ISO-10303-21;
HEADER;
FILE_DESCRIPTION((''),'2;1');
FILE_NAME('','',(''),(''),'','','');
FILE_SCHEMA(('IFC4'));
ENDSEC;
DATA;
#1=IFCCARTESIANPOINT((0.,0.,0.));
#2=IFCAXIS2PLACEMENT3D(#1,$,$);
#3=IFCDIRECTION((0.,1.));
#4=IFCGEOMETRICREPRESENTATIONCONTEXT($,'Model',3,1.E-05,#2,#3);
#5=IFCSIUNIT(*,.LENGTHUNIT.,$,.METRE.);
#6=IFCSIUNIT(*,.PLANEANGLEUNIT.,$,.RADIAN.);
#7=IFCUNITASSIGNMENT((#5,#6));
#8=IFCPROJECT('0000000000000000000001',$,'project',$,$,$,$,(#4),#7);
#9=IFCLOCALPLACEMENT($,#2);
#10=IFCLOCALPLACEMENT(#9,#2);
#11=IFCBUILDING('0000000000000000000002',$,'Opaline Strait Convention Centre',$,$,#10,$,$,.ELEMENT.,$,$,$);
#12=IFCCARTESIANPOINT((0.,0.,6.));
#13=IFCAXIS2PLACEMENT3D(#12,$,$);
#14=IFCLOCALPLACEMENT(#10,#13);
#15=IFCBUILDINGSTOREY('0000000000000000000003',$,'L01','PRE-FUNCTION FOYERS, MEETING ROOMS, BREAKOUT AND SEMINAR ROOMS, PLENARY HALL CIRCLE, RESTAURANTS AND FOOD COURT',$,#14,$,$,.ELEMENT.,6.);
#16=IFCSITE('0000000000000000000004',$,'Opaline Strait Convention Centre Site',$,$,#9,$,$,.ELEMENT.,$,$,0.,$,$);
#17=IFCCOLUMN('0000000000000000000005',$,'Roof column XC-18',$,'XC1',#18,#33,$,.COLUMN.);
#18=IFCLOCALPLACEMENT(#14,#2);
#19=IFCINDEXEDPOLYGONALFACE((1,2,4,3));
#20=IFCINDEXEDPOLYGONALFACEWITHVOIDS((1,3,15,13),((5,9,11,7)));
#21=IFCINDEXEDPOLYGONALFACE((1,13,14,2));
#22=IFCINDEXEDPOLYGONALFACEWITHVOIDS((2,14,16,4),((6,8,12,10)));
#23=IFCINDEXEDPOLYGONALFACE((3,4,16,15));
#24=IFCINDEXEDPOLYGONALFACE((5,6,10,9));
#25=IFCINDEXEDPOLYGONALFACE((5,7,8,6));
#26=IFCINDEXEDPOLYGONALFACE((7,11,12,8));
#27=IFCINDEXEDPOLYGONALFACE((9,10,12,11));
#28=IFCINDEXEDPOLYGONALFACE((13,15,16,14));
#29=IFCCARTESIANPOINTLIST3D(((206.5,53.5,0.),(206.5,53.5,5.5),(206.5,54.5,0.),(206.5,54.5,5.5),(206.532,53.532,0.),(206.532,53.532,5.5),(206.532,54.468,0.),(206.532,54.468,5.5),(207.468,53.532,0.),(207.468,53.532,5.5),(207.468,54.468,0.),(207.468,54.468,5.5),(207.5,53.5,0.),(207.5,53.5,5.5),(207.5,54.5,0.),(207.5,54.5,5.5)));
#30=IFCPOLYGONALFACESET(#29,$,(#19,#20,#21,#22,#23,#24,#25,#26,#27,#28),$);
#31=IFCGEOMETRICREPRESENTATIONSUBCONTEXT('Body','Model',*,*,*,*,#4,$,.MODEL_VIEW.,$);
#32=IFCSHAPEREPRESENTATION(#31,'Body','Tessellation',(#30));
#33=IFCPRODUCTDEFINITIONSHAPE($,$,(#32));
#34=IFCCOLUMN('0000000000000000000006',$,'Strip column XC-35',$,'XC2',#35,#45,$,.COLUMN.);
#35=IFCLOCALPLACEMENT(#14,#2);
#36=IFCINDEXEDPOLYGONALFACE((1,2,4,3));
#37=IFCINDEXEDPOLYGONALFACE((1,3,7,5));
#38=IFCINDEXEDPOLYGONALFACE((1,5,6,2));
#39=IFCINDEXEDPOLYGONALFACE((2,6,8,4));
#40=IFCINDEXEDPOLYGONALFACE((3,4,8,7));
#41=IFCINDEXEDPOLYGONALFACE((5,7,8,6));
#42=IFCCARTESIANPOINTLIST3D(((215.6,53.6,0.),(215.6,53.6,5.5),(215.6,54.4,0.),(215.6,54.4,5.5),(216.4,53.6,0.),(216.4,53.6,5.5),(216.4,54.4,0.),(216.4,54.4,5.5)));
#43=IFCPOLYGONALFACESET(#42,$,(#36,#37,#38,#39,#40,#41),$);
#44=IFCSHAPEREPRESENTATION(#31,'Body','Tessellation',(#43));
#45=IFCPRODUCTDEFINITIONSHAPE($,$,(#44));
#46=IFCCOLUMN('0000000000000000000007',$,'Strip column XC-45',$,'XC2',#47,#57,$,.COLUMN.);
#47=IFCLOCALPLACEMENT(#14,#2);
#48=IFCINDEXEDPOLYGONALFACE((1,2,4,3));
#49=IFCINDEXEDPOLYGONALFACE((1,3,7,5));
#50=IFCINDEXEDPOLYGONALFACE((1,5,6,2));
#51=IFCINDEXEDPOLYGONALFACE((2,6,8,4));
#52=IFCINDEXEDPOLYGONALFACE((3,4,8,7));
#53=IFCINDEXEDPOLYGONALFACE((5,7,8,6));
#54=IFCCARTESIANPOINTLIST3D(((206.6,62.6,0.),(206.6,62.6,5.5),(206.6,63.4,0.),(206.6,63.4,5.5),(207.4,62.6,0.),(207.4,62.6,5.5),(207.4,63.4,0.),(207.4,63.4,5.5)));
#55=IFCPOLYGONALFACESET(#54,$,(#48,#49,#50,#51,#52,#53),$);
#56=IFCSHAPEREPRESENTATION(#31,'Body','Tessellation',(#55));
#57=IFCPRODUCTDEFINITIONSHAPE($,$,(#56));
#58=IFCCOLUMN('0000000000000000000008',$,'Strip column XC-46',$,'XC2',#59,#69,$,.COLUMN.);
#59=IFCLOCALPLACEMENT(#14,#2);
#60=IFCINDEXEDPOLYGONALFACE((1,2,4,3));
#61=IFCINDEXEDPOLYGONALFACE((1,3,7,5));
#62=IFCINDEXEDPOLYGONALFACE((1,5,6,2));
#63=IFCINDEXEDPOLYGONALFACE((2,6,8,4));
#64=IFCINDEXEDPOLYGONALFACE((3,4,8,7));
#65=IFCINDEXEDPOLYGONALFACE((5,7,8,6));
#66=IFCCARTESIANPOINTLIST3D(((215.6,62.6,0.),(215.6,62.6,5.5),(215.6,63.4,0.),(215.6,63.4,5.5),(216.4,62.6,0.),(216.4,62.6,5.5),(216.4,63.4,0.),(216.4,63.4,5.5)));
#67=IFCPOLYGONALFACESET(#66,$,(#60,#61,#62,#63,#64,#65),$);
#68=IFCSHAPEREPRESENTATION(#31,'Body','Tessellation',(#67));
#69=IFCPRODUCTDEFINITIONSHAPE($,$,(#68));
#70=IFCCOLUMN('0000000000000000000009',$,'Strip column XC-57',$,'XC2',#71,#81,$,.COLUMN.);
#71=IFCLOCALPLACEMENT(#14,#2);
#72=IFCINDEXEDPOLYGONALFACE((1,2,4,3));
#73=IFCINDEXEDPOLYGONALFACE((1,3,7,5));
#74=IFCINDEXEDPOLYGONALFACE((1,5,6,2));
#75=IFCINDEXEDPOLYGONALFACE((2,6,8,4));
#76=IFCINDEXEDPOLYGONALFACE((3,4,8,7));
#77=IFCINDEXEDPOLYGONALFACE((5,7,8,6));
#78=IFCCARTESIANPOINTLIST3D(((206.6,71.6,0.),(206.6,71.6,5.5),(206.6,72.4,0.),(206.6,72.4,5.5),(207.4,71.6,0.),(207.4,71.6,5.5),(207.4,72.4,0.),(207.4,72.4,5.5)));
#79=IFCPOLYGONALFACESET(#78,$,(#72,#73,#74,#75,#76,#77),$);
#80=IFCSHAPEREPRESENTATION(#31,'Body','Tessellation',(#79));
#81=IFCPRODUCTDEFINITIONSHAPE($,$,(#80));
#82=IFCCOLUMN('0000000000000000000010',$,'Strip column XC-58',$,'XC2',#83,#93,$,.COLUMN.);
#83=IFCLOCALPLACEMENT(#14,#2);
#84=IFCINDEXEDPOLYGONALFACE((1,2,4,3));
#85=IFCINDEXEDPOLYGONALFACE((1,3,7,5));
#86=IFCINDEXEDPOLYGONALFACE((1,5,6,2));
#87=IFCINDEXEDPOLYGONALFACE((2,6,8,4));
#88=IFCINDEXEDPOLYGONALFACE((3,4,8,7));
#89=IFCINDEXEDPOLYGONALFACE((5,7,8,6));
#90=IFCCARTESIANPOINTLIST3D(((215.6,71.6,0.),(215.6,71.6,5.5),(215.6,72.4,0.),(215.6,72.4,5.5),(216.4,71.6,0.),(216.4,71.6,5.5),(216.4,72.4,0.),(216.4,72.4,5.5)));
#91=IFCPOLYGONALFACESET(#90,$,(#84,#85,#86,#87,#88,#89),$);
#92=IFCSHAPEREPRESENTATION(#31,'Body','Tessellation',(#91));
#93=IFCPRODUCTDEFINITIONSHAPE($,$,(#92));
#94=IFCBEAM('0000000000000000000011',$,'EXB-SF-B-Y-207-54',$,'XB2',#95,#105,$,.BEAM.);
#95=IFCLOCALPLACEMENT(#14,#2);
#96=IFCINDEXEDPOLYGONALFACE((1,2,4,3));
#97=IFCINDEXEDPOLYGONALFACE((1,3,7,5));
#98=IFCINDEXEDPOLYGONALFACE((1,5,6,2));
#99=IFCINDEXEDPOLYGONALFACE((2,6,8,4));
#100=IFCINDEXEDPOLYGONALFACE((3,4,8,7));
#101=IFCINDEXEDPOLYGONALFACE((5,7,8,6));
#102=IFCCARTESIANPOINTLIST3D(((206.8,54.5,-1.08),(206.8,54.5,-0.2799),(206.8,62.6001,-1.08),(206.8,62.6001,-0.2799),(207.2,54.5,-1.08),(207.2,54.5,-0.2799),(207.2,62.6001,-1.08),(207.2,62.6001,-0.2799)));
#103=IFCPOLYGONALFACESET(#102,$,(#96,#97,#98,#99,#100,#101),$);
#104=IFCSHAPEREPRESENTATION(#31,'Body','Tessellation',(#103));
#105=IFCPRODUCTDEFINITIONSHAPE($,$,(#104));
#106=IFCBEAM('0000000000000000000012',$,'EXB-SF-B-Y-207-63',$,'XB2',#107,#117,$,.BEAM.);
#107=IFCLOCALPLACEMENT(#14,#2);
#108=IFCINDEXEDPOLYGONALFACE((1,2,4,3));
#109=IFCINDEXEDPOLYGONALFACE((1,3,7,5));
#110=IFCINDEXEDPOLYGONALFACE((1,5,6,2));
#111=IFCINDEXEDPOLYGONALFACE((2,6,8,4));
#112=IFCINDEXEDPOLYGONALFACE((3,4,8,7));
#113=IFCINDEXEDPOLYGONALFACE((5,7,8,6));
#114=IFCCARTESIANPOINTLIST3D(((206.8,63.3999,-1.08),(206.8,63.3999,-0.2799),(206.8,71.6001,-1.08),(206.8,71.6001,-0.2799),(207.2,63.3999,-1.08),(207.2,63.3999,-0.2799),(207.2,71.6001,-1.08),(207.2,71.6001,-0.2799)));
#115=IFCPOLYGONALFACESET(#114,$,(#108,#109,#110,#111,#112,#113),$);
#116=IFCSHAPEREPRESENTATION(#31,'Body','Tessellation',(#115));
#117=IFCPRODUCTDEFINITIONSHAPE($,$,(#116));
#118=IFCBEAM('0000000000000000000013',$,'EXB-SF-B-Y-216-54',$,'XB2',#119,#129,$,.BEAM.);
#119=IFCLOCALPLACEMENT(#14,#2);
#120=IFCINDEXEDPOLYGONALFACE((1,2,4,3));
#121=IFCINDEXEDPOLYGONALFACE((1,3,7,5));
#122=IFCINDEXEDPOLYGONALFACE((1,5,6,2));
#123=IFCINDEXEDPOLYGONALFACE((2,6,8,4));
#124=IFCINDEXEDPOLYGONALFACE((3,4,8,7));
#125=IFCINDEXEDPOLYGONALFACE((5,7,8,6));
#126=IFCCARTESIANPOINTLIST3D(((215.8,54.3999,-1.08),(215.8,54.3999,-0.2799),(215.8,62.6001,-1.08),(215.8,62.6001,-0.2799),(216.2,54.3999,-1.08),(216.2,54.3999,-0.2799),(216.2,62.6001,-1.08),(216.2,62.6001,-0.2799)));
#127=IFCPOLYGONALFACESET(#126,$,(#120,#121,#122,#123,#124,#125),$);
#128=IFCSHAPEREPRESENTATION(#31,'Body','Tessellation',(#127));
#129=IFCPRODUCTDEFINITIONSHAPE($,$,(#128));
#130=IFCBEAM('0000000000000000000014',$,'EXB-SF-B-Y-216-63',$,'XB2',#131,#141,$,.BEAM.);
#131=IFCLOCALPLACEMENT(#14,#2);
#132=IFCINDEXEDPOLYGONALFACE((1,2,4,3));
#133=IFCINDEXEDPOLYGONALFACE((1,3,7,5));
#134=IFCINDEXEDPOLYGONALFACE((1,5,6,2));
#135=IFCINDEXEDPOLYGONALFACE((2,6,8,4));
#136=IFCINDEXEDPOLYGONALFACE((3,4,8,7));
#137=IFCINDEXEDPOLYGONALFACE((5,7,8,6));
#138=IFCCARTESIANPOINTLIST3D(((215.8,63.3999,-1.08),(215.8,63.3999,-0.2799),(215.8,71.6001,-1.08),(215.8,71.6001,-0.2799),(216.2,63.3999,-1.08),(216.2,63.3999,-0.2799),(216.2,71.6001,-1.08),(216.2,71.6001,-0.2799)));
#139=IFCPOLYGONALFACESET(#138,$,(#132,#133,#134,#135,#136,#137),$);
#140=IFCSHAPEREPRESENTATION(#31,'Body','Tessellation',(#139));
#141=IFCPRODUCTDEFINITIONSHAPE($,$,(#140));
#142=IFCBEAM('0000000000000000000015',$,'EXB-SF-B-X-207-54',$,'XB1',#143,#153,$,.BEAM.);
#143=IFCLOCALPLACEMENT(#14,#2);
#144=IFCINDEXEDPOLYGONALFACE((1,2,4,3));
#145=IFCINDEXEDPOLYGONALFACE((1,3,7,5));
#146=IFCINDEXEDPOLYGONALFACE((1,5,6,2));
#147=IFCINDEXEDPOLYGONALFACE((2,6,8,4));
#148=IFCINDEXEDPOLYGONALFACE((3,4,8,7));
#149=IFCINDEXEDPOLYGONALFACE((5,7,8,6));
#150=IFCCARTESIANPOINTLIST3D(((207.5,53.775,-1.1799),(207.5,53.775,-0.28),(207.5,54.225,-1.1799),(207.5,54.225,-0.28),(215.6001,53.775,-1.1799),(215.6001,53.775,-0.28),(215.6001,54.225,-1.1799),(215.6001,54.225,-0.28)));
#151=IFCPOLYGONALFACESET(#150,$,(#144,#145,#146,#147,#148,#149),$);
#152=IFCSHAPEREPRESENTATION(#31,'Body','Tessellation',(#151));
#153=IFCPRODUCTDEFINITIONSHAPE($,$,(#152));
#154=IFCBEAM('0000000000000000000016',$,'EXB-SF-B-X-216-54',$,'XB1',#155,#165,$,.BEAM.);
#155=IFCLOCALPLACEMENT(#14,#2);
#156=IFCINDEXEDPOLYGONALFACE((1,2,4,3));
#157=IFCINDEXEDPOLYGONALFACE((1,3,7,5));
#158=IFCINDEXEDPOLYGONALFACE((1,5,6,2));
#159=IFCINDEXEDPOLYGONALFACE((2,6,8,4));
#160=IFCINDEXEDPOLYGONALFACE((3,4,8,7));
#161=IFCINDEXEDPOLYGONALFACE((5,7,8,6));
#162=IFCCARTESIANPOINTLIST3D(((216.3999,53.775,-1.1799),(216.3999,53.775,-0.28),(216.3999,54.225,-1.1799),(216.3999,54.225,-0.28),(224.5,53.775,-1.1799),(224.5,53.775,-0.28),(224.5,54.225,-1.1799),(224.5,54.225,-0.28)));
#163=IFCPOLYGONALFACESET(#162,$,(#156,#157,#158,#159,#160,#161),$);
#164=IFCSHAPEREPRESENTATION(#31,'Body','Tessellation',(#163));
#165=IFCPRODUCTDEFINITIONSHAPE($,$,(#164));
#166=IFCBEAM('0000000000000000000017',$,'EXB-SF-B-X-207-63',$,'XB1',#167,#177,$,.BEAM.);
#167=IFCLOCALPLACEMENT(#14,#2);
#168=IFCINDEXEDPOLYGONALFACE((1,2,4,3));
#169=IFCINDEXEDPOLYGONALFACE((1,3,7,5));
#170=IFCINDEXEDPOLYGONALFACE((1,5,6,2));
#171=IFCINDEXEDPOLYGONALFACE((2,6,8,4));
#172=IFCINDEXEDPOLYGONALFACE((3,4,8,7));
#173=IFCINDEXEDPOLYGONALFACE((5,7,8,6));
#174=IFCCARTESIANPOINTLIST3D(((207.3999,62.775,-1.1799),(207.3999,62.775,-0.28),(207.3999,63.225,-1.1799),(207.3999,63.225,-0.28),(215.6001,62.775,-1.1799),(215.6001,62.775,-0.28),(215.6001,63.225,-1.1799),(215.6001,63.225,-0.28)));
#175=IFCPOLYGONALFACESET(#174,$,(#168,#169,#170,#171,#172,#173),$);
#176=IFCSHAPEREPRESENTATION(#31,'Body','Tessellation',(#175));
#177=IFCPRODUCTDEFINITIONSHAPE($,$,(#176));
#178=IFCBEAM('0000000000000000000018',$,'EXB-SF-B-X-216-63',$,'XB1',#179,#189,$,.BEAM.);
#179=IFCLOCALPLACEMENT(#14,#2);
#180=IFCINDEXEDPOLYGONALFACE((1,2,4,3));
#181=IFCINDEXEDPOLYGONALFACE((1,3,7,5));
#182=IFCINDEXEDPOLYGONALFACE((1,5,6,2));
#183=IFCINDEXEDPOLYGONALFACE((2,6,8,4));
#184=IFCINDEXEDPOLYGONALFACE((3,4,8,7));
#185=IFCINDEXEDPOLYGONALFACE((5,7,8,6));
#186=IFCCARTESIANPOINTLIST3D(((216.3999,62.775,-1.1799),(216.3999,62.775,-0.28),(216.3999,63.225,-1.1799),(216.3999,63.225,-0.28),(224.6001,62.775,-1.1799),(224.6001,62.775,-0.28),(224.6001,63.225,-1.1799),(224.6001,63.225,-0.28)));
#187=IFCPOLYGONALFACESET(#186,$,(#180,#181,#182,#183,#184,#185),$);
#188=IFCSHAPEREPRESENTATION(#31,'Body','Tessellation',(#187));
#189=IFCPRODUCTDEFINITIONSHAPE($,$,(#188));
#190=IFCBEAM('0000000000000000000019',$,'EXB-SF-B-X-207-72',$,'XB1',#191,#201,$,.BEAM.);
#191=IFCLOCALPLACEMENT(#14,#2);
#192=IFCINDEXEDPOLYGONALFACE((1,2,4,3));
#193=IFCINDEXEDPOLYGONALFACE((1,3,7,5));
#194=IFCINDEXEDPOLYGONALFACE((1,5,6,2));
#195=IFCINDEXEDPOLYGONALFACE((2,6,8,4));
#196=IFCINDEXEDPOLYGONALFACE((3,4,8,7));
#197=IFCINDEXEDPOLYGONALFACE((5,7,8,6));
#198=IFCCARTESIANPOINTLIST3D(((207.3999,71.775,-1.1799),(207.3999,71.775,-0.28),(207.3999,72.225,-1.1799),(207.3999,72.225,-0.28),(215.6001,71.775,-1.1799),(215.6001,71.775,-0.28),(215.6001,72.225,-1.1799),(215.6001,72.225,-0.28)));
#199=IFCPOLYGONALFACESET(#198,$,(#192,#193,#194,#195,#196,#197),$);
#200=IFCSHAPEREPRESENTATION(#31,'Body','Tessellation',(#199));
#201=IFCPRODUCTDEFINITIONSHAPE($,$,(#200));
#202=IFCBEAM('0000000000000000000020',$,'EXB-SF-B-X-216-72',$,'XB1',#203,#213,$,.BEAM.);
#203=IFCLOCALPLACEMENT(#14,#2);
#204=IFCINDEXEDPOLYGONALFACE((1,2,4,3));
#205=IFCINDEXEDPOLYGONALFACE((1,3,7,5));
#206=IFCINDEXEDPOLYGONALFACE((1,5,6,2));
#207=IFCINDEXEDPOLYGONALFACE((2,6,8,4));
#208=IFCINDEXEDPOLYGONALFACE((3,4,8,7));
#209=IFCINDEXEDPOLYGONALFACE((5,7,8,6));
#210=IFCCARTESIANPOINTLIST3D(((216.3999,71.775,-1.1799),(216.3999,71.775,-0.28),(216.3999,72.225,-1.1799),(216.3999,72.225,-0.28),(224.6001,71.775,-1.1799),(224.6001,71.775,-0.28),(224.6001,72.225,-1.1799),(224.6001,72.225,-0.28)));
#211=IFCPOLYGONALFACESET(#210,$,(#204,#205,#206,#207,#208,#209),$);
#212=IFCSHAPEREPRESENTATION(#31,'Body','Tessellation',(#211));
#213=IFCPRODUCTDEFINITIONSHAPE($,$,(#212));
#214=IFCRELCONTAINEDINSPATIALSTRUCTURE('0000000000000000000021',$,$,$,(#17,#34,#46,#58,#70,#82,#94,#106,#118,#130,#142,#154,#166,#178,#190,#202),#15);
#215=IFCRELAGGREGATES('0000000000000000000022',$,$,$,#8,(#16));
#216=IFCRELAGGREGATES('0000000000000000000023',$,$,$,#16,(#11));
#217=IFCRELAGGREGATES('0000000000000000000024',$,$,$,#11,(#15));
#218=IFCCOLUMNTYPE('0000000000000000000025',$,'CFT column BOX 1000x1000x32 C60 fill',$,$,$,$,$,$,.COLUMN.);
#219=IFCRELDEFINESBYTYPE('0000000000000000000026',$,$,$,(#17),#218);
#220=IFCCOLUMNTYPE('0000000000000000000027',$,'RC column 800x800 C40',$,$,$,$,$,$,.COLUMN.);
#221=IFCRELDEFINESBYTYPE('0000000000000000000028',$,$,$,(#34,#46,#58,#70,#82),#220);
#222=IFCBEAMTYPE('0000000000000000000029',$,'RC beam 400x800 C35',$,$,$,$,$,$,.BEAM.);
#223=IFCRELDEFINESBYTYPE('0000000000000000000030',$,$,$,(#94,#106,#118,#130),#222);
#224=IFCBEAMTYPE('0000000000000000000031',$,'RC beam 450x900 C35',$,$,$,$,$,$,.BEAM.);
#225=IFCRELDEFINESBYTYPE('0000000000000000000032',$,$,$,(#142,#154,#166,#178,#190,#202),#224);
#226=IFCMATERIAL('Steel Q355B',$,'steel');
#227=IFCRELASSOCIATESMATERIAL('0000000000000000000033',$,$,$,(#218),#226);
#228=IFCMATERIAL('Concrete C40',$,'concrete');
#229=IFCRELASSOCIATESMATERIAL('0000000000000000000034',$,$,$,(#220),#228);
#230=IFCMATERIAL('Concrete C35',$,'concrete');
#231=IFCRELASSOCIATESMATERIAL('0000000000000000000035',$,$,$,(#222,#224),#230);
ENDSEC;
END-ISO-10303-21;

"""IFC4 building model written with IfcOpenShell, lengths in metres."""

from ifc_helpers import new_model, si_unit, direction, frame, origin, origin_2d, place, context, subcontext, project, spatial, rectangle, hollow_rectangle, extrude, material, material_profile, profile_set, type_object, element, save


model = new_model("IFC4")

# Units and contexts
model_context = context("Model", 3, precision=1e-05, world=origin(), true_north=direction((0.0, 1.0)))
body_context = subcontext(model_context, "Body", "Model", "MODEL_VIEW")
ifc_project = project(units=[si_unit("LENGTHUNIT", "METRE"), si_unit("PLANEANGLEUNIT", "RADIAN")], contexts=[model_context])

# Site, building, storey
site_placement = place(None, origin())
site = spatial("IfcSite", under=ifc_project, at=site_placement, Name="Opaline Strait Convention Centre Site", CompositionType="ELEMENT", RefElevation=0.0)
building_placement = place(site_placement, origin())
building = spatial("IfcBuilding", under=site, at=building_placement, Name="Opaline Strait Convention Centre", CompositionType="ELEMENT")
storey_placement = place(building_placement, frame((0.0, 0.0, 6.0)))
storey = spatial("IfcBuildingStorey", under=building, at=storey_placement, Name="L01", Description="PRE-FUNCTION FOYERS, MEETING ROOMS, BREAKOUT AND SEMINAR ROOMS, PLENARY HALL CIRCLE, RESTAURANTS AND FOOD COURT", CompositionType="ELEMENT", Elevation=6.0)

# Columns
ifc_material_1 = material(Name="Steel Q355B", Category="steel")
ifc_material_profile_1 = material_profile(ifc_material_1, hollow_rectangle(XDim=1.0, YDim=1.0, WallThickness=0.032, at=origin_2d()), Name="BOX 1000x1000x32")
ifc_profile_set_1 = profile_set([ifc_material_profile_1], Name="Steel Q355B")
column_type_1 = type_object("IfcColumnType", Name="CFT column BOX 1000x1000x32 C60 fill", PredefinedType="COLUMN", material=ifc_profile_set_1)
column_placement = place(storey_placement, frame((207.0, 54.0, 0.0), z_axis=(0.0, 0.0, 1.0), x_axis=(1.0, 0.0, 0.0)))
element("IfcColumn", 1, at=column_placement, inside=storey, type_object=column_type_1, Name="Roof column XC-18", ObjectType="XC1", PredefinedType="COLUMN", context=body_context, shape_type="SweptSolid", body=[
    extrude(hollow_rectangle(XDim=1.0, YDim=1.0, WallThickness=0.032, at=origin_2d()), origin(), (0.0, 0.0, 1.0), 5.5),
])
ifc_material_2 = material(Name="Concrete C40", Category="concrete")
ifc_material_profile_2 = material_profile(ifc_material_2, rectangle(XDim=0.8, YDim=0.8, at=origin_2d()), Name="RC 800x800")
ifc_profile_set_2 = profile_set([ifc_material_profile_2], Name="Concrete C40")
column_type_2 = type_object("IfcColumnType", Name="RC column 800x800 C40", PredefinedType="COLUMN", material=ifc_profile_set_2)
for number, where, z_axis, x_axis, name in (
    (2, (216.0, 54.0, 0.0), (0.0, 0.0, 1.0), (1.0, 0.0, 0.0), "Strip column XC-35"),
    (3, (207.0, 63.0, 0.0), (0.0, 0.0, 1.0), (1.0, 0.0, 0.0), "Strip column XC-45"),
    (4, (216.0, 63.0, 0.0), (0.0, 0.0, 1.0), (1.0, 0.0, 0.0), "Strip column XC-46"),
    (5, (207.0, 72.0, 0.0), (0.0, 0.0, 1.0), (1.0, 0.0, 0.0), "Strip column XC-57"),
    (6, (216.0, 72.0, 0.0), (0.0, 0.0, 1.0), (1.0, 0.0, 0.0), "Strip column XC-58"),
):
    element("IfcColumn", number, at=place(storey_placement, frame(where, z_axis=z_axis, x_axis=x_axis)), inside=storey, type_object=column_type_2, Name=name, ObjectType="XC2", PredefinedType="COLUMN", context=body_context, shape_type="SweptSolid", body=[
        extrude(rectangle(XDim=0.8, YDim=0.8, at=origin_2d()), origin(), (0.0, 0.0, 1.0), 5.5),
    ])

# Beams
ifc_material_3 = material(Name="Concrete C35", Category="concrete")
ifc_material_profile_3 = material_profile(ifc_material_3, rectangle(XDim=0.3999, YDim=0.8, at=origin_2d()), Name="RC 400x800")
ifc_profile_set_3 = profile_set([ifc_material_profile_3], Name="Concrete C35")
beam_type_1 = type_object("IfcBeamType", Name="RC beam 400x800 C35", PredefinedType="BEAM", material=ifc_profile_set_3)
beam_placement = place(storey_placement, frame((207.0, 54.5, -0.6799), z_axis=(0.0, 1.0, 0.0), x_axis=(-1.0, 0.0, 0.0)))
element("IfcBeam", 7, at=beam_placement, inside=storey, type_object=beam_type_1, Name="EXB-SF-B-Y-207-54", ObjectType="XB2", PredefinedType="BEAM", context=body_context, shape_type="SweptSolid", body=[
    extrude(rectangle(XDim=0.3999, YDim=0.8, at=origin_2d()), origin(), (0.0, 0.0, 1.0), 8.1001),
])
for number, where, z_axis, x_axis, name in (
    (8, (207.0, 63.3999, -0.6799), (0.0, 1.0, 0.0), (-1.0, 0.0, 0.0), "EXB-SF-B-Y-207-63"),
    (9, (216.0, 54.3999, -0.6799), (0.0, 1.0, 0.0), (-1.0, 0.0, 0.0), "EXB-SF-B-Y-216-54"),
    (10, (216.0, 63.3999, -0.6799), (0.0, 1.0, 0.0), (-1.0, 0.0, 0.0), "EXB-SF-B-Y-216-63"),
):
    element("IfcBeam", number, at=place(storey_placement, frame(where, z_axis=z_axis, x_axis=x_axis)), inside=storey, type_object=beam_type_1, Name=name, ObjectType="XB2", PredefinedType="BEAM", context=body_context, shape_type="SweptSolid", body=[
        extrude(rectangle(XDim=0.3999, YDim=0.8, at=origin_2d()), origin(), (0.0, 0.0, 1.0), 8.2002),
    ])
ifc_material_profile_4 = material_profile(ifc_material_3, rectangle(XDim=0.45, YDim=0.8999, at=origin_2d()), Name="RC 450x900")
ifc_profile_set_4 = profile_set([ifc_material_profile_4], Name="Concrete C35")
beam_type_2 = type_object("IfcBeamType", Name="RC beam 450x900 C35", PredefinedType="BEAM", material=ifc_profile_set_4)
for number, where, z_axis, x_axis, name in (
    (11, (207.5, 54.0, -0.73), (1.0, 0.0, 0.0), (0.0, 1.0, 0.0), "EXB-SF-B-X-207-54"),
    (12, (216.3999, 54.0, -0.73), (1.0, 0.0, 0.0), (0.0, 1.0, 0.0), "EXB-SF-B-X-216-54"),
):
    element("IfcBeam", number, at=place(storey_placement, frame(where, z_axis=z_axis, x_axis=x_axis)), inside=storey, type_object=beam_type_2, Name=name, ObjectType="XB1", PredefinedType="BEAM", context=body_context, shape_type="SweptSolid", body=[
        extrude(rectangle(XDim=0.45, YDim=0.8999, at=origin_2d()), origin(), (0.0, 0.0, 1.0), 8.1001),
    ])
for number, where, z_axis, x_axis, name in (
    (13, (207.3999, 63.0, -0.73), (1.0, 0.0, 0.0), (0.0, 1.0, 0.0), "EXB-SF-B-X-207-63"),
    (14, (216.3999, 63.0, -0.73), (1.0, 0.0, 0.0), (0.0, 1.0, 0.0), "EXB-SF-B-X-216-63"),
    (15, (207.3999, 72.0, -0.73), (1.0, 0.0, 0.0), (0.0, 1.0, 0.0), "EXB-SF-B-X-207-72"),
    (16, (216.3999, 72.0, -0.73), (1.0, 0.0, 0.0), (0.0, 1.0, 0.0), "EXB-SF-B-X-216-72"),
):
    element("IfcBeam", number, at=place(storey_placement, frame(where, z_axis=z_axis, x_axis=x_axis)), inside=storey, type_object=beam_type_2, Name=name, ObjectType="XB1", PredefinedType="BEAM", context=body_context, shape_type="SweptSolid", body=[
        extrude(rectangle(XDim=0.45, YDim=0.8999, at=origin_2d()), origin(), (0.0, 0.0, 1.0), 8.2002),
    ])

save(model, "model.ifc")
